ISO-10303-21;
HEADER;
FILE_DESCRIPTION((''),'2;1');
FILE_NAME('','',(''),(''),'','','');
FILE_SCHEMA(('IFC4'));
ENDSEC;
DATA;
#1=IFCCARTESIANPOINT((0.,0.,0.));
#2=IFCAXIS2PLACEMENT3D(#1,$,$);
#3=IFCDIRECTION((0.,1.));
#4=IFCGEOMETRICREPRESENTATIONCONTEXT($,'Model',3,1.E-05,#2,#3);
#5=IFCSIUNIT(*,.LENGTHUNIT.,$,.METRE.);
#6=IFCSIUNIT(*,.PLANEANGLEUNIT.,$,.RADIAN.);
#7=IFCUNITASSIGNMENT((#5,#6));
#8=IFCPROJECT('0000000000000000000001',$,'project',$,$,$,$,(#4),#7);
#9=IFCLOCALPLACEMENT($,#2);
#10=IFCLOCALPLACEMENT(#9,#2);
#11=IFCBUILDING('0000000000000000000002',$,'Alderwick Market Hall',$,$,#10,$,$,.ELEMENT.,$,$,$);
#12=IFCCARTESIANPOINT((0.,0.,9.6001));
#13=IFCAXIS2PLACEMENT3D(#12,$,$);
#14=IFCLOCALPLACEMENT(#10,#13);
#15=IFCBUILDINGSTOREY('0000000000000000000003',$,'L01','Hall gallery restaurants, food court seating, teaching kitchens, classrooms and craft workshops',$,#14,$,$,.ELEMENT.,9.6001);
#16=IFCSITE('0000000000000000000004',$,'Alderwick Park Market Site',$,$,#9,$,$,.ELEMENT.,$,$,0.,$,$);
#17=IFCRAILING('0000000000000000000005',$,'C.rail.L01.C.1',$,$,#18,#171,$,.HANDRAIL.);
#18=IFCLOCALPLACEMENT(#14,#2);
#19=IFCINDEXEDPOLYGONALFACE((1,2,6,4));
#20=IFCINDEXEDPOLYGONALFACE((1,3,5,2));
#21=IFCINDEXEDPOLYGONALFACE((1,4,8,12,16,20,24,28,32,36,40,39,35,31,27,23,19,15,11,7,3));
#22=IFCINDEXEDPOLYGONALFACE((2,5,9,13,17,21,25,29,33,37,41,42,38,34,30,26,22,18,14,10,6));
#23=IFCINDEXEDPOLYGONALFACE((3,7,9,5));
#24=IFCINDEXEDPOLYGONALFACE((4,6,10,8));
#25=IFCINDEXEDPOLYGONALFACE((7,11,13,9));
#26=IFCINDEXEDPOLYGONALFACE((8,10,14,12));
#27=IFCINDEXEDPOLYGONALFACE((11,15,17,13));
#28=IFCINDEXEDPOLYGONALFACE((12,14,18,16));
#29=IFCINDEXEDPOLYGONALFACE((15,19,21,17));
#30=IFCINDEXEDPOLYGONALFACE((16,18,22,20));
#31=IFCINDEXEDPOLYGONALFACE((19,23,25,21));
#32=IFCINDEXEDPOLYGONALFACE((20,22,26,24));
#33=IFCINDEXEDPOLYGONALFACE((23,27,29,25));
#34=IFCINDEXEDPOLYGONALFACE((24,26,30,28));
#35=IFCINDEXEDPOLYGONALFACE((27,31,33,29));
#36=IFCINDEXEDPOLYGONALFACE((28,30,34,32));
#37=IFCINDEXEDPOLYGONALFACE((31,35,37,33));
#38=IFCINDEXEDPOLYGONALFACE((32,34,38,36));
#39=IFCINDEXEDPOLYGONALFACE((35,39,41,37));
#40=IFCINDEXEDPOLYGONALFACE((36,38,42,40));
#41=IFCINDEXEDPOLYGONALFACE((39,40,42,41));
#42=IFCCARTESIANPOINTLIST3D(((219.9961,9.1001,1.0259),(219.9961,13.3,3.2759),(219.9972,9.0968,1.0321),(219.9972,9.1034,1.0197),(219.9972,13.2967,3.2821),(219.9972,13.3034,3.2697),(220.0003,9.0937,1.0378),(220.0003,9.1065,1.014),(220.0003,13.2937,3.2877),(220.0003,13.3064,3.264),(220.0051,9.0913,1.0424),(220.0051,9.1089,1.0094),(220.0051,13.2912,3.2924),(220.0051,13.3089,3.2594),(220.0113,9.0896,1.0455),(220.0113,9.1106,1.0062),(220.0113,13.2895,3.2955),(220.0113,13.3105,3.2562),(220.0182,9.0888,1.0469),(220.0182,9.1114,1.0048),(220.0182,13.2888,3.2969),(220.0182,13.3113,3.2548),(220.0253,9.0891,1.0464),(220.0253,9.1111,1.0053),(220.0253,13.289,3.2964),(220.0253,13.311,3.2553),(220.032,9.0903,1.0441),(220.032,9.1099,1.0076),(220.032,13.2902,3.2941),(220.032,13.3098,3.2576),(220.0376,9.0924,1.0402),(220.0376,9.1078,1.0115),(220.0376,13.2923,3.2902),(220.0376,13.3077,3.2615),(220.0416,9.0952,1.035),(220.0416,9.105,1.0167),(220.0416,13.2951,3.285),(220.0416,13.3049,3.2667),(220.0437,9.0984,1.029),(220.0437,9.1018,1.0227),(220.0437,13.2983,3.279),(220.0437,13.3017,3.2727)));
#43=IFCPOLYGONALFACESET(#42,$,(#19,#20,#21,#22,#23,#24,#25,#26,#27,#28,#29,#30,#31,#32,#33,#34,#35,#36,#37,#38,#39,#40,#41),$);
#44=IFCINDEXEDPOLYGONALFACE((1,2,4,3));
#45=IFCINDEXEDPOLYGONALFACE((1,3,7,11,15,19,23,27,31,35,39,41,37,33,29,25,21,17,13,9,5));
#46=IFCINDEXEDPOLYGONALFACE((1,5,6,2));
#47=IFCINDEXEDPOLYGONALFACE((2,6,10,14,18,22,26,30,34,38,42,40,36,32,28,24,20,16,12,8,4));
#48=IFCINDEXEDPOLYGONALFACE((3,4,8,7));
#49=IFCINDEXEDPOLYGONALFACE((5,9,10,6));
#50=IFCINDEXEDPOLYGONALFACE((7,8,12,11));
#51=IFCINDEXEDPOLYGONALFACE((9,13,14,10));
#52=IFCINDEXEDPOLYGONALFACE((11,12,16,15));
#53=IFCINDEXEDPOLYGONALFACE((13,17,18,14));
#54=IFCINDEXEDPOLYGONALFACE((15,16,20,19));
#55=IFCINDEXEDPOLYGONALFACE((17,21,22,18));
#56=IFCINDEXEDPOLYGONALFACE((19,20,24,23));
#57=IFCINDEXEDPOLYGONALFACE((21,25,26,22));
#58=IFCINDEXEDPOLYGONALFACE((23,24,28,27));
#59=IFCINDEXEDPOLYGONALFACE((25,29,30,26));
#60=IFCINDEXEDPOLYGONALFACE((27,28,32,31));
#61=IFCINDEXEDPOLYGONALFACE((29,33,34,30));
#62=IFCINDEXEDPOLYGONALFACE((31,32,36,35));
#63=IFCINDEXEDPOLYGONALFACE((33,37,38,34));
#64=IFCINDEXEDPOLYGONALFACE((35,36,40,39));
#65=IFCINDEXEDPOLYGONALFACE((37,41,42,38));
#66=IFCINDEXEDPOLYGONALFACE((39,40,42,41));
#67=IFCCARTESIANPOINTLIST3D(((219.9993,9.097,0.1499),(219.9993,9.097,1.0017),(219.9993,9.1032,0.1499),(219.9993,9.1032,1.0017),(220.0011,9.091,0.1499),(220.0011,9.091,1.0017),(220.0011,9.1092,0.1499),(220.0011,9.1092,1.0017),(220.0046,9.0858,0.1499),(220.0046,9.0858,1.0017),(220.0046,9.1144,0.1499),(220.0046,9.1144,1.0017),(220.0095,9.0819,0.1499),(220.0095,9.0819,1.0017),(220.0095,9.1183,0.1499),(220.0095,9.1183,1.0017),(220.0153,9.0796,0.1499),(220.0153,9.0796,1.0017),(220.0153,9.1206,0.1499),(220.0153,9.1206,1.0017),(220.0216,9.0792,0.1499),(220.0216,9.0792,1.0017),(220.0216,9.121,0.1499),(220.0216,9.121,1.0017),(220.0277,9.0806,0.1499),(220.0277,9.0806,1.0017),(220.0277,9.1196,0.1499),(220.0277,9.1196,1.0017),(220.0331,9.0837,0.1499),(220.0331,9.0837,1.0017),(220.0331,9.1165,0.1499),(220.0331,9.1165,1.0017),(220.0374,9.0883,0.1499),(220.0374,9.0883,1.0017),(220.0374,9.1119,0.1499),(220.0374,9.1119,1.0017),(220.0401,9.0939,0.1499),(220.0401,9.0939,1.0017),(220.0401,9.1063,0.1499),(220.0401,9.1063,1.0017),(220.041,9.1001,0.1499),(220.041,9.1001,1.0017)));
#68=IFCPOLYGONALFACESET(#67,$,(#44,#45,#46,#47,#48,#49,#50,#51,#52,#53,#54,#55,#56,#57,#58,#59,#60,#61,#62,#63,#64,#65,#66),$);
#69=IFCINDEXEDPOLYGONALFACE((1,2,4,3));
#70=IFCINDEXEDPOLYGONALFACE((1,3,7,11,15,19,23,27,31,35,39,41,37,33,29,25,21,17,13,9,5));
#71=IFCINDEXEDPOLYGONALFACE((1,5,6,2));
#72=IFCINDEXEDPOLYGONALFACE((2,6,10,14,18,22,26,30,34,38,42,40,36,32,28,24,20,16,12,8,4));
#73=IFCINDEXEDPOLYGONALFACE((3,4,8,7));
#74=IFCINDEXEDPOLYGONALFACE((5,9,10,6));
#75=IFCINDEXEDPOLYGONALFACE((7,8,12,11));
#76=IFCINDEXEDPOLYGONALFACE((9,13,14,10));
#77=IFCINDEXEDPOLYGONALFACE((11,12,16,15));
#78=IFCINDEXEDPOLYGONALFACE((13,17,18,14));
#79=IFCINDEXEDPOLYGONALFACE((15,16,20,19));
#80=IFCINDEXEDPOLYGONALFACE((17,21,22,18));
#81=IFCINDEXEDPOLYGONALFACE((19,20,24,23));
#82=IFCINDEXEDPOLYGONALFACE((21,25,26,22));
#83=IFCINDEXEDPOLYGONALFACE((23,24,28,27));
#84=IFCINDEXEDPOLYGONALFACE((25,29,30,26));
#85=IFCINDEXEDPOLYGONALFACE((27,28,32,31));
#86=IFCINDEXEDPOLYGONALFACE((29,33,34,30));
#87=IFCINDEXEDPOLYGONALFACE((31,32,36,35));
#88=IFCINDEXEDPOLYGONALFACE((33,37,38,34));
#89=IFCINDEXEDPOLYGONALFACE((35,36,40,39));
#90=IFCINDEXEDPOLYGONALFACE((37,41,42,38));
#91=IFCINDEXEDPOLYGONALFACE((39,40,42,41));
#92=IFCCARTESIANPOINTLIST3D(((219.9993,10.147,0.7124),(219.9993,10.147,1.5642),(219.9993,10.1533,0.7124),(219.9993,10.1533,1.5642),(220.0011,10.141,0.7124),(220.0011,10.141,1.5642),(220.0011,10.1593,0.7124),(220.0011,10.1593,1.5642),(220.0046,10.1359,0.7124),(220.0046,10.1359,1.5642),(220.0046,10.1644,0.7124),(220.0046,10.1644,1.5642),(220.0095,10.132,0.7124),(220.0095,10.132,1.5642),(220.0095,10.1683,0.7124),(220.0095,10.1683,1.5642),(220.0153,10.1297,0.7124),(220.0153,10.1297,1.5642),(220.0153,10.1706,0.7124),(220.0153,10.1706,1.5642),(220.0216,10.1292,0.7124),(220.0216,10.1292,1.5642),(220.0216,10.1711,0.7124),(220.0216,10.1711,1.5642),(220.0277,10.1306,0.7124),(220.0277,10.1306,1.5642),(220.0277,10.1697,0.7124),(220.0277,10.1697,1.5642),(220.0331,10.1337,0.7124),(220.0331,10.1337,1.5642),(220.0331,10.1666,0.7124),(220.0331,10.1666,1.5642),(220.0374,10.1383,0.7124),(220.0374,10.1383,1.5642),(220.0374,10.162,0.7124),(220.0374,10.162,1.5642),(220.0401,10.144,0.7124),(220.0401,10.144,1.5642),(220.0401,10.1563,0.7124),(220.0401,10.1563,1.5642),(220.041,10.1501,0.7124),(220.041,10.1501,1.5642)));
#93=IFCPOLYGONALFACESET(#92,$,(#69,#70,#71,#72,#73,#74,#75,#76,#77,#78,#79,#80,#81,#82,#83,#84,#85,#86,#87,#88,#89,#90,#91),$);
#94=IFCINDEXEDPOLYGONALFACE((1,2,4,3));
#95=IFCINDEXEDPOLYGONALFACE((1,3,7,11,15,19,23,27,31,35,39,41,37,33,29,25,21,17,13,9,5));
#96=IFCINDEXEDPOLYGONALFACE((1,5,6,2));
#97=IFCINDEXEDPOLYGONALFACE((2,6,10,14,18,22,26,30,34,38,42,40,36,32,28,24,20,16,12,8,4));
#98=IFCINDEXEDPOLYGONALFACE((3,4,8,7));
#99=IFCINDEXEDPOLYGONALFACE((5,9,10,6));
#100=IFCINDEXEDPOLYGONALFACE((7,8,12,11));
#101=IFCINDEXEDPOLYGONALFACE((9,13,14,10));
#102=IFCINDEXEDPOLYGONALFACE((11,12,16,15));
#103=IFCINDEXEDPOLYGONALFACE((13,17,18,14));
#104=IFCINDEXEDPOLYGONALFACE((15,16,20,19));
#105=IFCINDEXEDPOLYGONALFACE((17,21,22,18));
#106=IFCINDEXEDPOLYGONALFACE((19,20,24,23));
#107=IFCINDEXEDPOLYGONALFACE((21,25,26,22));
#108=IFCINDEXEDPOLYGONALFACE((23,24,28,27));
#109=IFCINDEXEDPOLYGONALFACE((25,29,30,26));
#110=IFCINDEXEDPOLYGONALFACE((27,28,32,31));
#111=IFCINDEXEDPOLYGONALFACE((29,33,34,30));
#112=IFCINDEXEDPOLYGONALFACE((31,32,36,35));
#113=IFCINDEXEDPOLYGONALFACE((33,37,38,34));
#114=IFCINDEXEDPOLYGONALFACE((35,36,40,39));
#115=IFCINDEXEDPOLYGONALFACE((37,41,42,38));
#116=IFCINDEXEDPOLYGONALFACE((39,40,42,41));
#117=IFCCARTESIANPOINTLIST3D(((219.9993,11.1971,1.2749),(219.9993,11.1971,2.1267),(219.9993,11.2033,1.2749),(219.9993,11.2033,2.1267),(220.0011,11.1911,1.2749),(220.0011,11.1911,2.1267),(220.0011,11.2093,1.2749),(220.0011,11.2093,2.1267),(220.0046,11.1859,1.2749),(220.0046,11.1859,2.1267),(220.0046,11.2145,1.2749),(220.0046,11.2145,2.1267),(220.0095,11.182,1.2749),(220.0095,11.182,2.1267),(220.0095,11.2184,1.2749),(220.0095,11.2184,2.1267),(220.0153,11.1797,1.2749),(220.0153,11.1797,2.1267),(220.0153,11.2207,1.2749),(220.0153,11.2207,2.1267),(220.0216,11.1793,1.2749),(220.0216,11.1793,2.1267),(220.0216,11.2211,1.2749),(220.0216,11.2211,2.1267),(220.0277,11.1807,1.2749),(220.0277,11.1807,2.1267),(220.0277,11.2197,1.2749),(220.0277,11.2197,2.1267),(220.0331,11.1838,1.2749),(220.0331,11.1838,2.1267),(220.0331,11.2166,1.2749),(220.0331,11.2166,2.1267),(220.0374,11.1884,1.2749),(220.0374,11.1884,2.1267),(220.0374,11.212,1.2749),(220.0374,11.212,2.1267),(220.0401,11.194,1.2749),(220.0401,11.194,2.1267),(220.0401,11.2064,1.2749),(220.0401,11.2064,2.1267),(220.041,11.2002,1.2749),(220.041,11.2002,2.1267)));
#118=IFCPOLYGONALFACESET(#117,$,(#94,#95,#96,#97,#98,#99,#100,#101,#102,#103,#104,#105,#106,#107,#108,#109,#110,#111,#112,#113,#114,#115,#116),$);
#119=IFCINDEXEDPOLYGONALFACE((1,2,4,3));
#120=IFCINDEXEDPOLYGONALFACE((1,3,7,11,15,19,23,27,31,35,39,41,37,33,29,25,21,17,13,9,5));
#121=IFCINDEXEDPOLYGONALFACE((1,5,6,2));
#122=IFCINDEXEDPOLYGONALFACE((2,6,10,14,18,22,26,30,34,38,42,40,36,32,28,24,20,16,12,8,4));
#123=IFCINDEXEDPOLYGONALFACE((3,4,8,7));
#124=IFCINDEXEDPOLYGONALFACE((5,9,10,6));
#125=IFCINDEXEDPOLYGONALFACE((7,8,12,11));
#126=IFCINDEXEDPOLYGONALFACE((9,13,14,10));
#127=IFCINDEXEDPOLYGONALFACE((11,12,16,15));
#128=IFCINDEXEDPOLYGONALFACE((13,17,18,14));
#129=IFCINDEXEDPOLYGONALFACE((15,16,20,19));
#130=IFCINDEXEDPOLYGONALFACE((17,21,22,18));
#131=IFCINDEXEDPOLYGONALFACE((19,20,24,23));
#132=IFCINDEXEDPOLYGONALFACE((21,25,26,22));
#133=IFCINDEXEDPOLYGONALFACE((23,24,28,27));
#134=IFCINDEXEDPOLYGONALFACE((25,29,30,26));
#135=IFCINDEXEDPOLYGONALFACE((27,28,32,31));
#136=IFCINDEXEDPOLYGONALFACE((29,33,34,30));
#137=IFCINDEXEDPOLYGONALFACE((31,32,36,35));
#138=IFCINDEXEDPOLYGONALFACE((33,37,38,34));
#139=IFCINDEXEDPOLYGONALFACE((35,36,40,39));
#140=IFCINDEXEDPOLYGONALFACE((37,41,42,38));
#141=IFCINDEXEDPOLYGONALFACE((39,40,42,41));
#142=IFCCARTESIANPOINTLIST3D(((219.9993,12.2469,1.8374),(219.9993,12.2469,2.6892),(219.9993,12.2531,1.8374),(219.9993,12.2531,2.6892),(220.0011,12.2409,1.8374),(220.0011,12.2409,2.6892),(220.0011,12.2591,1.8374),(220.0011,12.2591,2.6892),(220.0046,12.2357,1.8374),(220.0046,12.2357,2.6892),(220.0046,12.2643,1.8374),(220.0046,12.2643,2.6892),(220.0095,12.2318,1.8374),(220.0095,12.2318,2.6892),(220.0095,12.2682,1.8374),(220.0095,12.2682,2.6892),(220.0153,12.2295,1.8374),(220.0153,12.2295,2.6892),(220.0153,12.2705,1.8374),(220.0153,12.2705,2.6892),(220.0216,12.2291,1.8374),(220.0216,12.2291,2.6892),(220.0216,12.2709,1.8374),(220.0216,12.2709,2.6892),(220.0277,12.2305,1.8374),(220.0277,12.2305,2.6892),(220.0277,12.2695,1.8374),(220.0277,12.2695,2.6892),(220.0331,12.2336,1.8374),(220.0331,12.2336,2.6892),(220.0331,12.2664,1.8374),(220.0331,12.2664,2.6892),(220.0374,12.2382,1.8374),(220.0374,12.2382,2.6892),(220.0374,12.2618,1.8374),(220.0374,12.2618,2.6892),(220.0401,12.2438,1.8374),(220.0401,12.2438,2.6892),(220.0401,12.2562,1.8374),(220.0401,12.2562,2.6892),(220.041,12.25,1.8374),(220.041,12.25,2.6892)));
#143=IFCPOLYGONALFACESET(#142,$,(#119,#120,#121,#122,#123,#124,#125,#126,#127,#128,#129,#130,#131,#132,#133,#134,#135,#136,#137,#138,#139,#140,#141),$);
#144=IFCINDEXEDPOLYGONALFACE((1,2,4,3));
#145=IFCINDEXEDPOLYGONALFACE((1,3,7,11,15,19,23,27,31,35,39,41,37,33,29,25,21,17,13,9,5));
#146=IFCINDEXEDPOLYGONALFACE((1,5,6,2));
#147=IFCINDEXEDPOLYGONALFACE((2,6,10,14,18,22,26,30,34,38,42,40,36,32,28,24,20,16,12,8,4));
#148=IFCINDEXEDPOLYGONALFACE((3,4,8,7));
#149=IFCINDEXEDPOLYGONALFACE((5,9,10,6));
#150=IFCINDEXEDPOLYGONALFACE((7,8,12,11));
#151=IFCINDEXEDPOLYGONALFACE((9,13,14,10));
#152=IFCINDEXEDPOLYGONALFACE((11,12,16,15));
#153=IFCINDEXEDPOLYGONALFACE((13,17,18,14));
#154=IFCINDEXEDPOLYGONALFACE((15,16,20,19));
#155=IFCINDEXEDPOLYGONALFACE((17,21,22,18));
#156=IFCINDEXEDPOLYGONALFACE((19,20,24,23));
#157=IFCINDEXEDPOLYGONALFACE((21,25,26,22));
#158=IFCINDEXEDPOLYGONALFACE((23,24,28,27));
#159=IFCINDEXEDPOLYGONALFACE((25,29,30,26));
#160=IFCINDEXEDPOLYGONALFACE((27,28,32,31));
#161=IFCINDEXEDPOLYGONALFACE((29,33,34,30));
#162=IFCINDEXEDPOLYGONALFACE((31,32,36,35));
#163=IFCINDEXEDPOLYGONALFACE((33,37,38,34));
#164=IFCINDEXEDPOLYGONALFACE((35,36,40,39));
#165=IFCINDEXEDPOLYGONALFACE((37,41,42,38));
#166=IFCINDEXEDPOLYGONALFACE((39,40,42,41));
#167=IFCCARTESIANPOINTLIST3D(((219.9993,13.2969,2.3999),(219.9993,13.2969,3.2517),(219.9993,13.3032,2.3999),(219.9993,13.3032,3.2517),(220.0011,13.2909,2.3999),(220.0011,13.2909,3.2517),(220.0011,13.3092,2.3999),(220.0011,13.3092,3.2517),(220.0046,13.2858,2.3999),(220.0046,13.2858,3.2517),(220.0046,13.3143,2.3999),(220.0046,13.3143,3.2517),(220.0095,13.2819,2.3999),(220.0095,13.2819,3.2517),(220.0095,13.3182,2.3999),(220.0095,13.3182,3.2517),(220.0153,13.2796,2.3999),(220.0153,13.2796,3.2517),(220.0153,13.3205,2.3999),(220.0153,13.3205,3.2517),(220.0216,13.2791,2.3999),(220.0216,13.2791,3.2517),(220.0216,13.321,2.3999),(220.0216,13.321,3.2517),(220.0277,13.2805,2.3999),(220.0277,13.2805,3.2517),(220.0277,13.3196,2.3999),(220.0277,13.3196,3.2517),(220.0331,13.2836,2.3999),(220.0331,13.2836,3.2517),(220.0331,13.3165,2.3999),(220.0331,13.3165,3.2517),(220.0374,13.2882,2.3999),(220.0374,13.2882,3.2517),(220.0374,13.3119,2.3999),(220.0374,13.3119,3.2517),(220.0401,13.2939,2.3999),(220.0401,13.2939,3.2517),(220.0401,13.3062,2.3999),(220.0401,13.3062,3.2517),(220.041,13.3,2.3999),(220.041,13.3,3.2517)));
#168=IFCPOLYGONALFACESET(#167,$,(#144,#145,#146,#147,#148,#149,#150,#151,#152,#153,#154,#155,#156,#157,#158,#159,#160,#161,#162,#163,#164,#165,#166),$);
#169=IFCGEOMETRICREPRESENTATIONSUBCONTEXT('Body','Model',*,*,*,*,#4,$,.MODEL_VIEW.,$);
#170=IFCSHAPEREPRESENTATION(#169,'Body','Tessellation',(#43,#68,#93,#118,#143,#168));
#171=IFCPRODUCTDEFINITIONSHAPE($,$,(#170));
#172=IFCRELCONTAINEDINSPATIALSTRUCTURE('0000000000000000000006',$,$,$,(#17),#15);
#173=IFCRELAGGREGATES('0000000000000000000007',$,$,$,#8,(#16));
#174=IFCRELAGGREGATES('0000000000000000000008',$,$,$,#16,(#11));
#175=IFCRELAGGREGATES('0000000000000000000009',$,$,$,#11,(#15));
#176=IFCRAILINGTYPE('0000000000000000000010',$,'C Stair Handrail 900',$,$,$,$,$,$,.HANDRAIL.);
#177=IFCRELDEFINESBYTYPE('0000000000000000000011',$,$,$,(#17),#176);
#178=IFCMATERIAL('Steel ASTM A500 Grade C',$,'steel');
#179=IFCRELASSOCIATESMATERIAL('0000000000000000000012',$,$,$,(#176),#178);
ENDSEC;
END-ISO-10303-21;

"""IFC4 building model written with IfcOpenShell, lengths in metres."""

from ifc_helpers import new_model, si_unit, direction, frame, origin, origin_2d, place, context, subcontext, project, spatial, circle, extrude, material, type_object, element, save


model = new_model("IFC4")

# Units and contexts
model_context = context("Model", 3, precision=1e-05, world=origin(), true_north=direction((0.0, 1.0)))
body_context = subcontext(model_context, "Body", "Model", "MODEL_VIEW")
ifc_project = project(units=[si_unit("LENGTHUNIT", "METRE"), si_unit("PLANEANGLEUNIT", "RADIAN")], contexts=[model_context])

# Site, building, storey
site_placement = place(None, origin())
site = spatial("IfcSite", under=ifc_project, at=site_placement, Name="Alderwick Park Market Site", CompositionType="ELEMENT", RefElevation=0.0)
building_placement = place(site_placement, origin())
building = spatial("IfcBuilding", under=site, at=building_placement, Name="Alderwick Market Hall", CompositionType="ELEMENT")
storey_placement = place(building_placement, frame((0.0, 0.0, 9.6001)))
storey = spatial("IfcBuildingStorey", under=building, at=storey_placement, Name="L01", Description="Hall gallery restaurants, food court seating, teaching kitchens, classrooms and craft workshops", CompositionType="ELEMENT", Elevation=9.6001)

# Railing
ifc_material_1 = material(Name="Steel ASTM A500 Grade C", Category="steel")
railing_type = type_object("IfcRailingType", Name="C Stair Handrail 900", PredefinedType="HANDRAIL", material=ifc_material_1)
for number, where, name in (
    (1, (220.02, 9.1001, 0.1499), "C.rail.L01.C.1"),
):
    element("IfcRailing", number, at=place(storey_placement, frame(where)), inside=storey, type_object=railing_type, Name=name, PredefinedType="HANDRAIL", context=body_context, shape_type="SweptSolid", body=[
        extrude(circle(Radius=0.0239, at=origin_2d()), frame((0.0, 0.0, 0.876), z_axis=(0.0, 0.881478, 0.472226), x_axis=(-1.0, 0.0, 0.0)), (0.0, 0.0, 1.0), 4.7646),
        extrude(circle(Radius=0.021, at=origin_2d()), origin(), (0.0, 0.0, 1.0), 0.8518),
        extrude(circle(Radius=0.021, at=origin_2d()), frame((0.0, 1.05, 0.5625)), (0.0, 0.0, 1.0), 0.8518),
        extrude(circle(Radius=0.021, at=origin_2d()), frame((0.0, 2.1001, 1.125)), (0.0, 0.0, 1.0), 0.8518),
        extrude(circle(Radius=0.021, at=origin_2d()), frame((0.0, 3.1499, 1.6875)), (0.0, 0.0, 1.0), 0.8518),
        extrude(circle(Radius=0.021, at=origin_2d()), frame((0.0, 4.2, 2.25)), (0.0, 0.0, 1.0), 0.8518),
    ])

save(model, "model.ifc")
